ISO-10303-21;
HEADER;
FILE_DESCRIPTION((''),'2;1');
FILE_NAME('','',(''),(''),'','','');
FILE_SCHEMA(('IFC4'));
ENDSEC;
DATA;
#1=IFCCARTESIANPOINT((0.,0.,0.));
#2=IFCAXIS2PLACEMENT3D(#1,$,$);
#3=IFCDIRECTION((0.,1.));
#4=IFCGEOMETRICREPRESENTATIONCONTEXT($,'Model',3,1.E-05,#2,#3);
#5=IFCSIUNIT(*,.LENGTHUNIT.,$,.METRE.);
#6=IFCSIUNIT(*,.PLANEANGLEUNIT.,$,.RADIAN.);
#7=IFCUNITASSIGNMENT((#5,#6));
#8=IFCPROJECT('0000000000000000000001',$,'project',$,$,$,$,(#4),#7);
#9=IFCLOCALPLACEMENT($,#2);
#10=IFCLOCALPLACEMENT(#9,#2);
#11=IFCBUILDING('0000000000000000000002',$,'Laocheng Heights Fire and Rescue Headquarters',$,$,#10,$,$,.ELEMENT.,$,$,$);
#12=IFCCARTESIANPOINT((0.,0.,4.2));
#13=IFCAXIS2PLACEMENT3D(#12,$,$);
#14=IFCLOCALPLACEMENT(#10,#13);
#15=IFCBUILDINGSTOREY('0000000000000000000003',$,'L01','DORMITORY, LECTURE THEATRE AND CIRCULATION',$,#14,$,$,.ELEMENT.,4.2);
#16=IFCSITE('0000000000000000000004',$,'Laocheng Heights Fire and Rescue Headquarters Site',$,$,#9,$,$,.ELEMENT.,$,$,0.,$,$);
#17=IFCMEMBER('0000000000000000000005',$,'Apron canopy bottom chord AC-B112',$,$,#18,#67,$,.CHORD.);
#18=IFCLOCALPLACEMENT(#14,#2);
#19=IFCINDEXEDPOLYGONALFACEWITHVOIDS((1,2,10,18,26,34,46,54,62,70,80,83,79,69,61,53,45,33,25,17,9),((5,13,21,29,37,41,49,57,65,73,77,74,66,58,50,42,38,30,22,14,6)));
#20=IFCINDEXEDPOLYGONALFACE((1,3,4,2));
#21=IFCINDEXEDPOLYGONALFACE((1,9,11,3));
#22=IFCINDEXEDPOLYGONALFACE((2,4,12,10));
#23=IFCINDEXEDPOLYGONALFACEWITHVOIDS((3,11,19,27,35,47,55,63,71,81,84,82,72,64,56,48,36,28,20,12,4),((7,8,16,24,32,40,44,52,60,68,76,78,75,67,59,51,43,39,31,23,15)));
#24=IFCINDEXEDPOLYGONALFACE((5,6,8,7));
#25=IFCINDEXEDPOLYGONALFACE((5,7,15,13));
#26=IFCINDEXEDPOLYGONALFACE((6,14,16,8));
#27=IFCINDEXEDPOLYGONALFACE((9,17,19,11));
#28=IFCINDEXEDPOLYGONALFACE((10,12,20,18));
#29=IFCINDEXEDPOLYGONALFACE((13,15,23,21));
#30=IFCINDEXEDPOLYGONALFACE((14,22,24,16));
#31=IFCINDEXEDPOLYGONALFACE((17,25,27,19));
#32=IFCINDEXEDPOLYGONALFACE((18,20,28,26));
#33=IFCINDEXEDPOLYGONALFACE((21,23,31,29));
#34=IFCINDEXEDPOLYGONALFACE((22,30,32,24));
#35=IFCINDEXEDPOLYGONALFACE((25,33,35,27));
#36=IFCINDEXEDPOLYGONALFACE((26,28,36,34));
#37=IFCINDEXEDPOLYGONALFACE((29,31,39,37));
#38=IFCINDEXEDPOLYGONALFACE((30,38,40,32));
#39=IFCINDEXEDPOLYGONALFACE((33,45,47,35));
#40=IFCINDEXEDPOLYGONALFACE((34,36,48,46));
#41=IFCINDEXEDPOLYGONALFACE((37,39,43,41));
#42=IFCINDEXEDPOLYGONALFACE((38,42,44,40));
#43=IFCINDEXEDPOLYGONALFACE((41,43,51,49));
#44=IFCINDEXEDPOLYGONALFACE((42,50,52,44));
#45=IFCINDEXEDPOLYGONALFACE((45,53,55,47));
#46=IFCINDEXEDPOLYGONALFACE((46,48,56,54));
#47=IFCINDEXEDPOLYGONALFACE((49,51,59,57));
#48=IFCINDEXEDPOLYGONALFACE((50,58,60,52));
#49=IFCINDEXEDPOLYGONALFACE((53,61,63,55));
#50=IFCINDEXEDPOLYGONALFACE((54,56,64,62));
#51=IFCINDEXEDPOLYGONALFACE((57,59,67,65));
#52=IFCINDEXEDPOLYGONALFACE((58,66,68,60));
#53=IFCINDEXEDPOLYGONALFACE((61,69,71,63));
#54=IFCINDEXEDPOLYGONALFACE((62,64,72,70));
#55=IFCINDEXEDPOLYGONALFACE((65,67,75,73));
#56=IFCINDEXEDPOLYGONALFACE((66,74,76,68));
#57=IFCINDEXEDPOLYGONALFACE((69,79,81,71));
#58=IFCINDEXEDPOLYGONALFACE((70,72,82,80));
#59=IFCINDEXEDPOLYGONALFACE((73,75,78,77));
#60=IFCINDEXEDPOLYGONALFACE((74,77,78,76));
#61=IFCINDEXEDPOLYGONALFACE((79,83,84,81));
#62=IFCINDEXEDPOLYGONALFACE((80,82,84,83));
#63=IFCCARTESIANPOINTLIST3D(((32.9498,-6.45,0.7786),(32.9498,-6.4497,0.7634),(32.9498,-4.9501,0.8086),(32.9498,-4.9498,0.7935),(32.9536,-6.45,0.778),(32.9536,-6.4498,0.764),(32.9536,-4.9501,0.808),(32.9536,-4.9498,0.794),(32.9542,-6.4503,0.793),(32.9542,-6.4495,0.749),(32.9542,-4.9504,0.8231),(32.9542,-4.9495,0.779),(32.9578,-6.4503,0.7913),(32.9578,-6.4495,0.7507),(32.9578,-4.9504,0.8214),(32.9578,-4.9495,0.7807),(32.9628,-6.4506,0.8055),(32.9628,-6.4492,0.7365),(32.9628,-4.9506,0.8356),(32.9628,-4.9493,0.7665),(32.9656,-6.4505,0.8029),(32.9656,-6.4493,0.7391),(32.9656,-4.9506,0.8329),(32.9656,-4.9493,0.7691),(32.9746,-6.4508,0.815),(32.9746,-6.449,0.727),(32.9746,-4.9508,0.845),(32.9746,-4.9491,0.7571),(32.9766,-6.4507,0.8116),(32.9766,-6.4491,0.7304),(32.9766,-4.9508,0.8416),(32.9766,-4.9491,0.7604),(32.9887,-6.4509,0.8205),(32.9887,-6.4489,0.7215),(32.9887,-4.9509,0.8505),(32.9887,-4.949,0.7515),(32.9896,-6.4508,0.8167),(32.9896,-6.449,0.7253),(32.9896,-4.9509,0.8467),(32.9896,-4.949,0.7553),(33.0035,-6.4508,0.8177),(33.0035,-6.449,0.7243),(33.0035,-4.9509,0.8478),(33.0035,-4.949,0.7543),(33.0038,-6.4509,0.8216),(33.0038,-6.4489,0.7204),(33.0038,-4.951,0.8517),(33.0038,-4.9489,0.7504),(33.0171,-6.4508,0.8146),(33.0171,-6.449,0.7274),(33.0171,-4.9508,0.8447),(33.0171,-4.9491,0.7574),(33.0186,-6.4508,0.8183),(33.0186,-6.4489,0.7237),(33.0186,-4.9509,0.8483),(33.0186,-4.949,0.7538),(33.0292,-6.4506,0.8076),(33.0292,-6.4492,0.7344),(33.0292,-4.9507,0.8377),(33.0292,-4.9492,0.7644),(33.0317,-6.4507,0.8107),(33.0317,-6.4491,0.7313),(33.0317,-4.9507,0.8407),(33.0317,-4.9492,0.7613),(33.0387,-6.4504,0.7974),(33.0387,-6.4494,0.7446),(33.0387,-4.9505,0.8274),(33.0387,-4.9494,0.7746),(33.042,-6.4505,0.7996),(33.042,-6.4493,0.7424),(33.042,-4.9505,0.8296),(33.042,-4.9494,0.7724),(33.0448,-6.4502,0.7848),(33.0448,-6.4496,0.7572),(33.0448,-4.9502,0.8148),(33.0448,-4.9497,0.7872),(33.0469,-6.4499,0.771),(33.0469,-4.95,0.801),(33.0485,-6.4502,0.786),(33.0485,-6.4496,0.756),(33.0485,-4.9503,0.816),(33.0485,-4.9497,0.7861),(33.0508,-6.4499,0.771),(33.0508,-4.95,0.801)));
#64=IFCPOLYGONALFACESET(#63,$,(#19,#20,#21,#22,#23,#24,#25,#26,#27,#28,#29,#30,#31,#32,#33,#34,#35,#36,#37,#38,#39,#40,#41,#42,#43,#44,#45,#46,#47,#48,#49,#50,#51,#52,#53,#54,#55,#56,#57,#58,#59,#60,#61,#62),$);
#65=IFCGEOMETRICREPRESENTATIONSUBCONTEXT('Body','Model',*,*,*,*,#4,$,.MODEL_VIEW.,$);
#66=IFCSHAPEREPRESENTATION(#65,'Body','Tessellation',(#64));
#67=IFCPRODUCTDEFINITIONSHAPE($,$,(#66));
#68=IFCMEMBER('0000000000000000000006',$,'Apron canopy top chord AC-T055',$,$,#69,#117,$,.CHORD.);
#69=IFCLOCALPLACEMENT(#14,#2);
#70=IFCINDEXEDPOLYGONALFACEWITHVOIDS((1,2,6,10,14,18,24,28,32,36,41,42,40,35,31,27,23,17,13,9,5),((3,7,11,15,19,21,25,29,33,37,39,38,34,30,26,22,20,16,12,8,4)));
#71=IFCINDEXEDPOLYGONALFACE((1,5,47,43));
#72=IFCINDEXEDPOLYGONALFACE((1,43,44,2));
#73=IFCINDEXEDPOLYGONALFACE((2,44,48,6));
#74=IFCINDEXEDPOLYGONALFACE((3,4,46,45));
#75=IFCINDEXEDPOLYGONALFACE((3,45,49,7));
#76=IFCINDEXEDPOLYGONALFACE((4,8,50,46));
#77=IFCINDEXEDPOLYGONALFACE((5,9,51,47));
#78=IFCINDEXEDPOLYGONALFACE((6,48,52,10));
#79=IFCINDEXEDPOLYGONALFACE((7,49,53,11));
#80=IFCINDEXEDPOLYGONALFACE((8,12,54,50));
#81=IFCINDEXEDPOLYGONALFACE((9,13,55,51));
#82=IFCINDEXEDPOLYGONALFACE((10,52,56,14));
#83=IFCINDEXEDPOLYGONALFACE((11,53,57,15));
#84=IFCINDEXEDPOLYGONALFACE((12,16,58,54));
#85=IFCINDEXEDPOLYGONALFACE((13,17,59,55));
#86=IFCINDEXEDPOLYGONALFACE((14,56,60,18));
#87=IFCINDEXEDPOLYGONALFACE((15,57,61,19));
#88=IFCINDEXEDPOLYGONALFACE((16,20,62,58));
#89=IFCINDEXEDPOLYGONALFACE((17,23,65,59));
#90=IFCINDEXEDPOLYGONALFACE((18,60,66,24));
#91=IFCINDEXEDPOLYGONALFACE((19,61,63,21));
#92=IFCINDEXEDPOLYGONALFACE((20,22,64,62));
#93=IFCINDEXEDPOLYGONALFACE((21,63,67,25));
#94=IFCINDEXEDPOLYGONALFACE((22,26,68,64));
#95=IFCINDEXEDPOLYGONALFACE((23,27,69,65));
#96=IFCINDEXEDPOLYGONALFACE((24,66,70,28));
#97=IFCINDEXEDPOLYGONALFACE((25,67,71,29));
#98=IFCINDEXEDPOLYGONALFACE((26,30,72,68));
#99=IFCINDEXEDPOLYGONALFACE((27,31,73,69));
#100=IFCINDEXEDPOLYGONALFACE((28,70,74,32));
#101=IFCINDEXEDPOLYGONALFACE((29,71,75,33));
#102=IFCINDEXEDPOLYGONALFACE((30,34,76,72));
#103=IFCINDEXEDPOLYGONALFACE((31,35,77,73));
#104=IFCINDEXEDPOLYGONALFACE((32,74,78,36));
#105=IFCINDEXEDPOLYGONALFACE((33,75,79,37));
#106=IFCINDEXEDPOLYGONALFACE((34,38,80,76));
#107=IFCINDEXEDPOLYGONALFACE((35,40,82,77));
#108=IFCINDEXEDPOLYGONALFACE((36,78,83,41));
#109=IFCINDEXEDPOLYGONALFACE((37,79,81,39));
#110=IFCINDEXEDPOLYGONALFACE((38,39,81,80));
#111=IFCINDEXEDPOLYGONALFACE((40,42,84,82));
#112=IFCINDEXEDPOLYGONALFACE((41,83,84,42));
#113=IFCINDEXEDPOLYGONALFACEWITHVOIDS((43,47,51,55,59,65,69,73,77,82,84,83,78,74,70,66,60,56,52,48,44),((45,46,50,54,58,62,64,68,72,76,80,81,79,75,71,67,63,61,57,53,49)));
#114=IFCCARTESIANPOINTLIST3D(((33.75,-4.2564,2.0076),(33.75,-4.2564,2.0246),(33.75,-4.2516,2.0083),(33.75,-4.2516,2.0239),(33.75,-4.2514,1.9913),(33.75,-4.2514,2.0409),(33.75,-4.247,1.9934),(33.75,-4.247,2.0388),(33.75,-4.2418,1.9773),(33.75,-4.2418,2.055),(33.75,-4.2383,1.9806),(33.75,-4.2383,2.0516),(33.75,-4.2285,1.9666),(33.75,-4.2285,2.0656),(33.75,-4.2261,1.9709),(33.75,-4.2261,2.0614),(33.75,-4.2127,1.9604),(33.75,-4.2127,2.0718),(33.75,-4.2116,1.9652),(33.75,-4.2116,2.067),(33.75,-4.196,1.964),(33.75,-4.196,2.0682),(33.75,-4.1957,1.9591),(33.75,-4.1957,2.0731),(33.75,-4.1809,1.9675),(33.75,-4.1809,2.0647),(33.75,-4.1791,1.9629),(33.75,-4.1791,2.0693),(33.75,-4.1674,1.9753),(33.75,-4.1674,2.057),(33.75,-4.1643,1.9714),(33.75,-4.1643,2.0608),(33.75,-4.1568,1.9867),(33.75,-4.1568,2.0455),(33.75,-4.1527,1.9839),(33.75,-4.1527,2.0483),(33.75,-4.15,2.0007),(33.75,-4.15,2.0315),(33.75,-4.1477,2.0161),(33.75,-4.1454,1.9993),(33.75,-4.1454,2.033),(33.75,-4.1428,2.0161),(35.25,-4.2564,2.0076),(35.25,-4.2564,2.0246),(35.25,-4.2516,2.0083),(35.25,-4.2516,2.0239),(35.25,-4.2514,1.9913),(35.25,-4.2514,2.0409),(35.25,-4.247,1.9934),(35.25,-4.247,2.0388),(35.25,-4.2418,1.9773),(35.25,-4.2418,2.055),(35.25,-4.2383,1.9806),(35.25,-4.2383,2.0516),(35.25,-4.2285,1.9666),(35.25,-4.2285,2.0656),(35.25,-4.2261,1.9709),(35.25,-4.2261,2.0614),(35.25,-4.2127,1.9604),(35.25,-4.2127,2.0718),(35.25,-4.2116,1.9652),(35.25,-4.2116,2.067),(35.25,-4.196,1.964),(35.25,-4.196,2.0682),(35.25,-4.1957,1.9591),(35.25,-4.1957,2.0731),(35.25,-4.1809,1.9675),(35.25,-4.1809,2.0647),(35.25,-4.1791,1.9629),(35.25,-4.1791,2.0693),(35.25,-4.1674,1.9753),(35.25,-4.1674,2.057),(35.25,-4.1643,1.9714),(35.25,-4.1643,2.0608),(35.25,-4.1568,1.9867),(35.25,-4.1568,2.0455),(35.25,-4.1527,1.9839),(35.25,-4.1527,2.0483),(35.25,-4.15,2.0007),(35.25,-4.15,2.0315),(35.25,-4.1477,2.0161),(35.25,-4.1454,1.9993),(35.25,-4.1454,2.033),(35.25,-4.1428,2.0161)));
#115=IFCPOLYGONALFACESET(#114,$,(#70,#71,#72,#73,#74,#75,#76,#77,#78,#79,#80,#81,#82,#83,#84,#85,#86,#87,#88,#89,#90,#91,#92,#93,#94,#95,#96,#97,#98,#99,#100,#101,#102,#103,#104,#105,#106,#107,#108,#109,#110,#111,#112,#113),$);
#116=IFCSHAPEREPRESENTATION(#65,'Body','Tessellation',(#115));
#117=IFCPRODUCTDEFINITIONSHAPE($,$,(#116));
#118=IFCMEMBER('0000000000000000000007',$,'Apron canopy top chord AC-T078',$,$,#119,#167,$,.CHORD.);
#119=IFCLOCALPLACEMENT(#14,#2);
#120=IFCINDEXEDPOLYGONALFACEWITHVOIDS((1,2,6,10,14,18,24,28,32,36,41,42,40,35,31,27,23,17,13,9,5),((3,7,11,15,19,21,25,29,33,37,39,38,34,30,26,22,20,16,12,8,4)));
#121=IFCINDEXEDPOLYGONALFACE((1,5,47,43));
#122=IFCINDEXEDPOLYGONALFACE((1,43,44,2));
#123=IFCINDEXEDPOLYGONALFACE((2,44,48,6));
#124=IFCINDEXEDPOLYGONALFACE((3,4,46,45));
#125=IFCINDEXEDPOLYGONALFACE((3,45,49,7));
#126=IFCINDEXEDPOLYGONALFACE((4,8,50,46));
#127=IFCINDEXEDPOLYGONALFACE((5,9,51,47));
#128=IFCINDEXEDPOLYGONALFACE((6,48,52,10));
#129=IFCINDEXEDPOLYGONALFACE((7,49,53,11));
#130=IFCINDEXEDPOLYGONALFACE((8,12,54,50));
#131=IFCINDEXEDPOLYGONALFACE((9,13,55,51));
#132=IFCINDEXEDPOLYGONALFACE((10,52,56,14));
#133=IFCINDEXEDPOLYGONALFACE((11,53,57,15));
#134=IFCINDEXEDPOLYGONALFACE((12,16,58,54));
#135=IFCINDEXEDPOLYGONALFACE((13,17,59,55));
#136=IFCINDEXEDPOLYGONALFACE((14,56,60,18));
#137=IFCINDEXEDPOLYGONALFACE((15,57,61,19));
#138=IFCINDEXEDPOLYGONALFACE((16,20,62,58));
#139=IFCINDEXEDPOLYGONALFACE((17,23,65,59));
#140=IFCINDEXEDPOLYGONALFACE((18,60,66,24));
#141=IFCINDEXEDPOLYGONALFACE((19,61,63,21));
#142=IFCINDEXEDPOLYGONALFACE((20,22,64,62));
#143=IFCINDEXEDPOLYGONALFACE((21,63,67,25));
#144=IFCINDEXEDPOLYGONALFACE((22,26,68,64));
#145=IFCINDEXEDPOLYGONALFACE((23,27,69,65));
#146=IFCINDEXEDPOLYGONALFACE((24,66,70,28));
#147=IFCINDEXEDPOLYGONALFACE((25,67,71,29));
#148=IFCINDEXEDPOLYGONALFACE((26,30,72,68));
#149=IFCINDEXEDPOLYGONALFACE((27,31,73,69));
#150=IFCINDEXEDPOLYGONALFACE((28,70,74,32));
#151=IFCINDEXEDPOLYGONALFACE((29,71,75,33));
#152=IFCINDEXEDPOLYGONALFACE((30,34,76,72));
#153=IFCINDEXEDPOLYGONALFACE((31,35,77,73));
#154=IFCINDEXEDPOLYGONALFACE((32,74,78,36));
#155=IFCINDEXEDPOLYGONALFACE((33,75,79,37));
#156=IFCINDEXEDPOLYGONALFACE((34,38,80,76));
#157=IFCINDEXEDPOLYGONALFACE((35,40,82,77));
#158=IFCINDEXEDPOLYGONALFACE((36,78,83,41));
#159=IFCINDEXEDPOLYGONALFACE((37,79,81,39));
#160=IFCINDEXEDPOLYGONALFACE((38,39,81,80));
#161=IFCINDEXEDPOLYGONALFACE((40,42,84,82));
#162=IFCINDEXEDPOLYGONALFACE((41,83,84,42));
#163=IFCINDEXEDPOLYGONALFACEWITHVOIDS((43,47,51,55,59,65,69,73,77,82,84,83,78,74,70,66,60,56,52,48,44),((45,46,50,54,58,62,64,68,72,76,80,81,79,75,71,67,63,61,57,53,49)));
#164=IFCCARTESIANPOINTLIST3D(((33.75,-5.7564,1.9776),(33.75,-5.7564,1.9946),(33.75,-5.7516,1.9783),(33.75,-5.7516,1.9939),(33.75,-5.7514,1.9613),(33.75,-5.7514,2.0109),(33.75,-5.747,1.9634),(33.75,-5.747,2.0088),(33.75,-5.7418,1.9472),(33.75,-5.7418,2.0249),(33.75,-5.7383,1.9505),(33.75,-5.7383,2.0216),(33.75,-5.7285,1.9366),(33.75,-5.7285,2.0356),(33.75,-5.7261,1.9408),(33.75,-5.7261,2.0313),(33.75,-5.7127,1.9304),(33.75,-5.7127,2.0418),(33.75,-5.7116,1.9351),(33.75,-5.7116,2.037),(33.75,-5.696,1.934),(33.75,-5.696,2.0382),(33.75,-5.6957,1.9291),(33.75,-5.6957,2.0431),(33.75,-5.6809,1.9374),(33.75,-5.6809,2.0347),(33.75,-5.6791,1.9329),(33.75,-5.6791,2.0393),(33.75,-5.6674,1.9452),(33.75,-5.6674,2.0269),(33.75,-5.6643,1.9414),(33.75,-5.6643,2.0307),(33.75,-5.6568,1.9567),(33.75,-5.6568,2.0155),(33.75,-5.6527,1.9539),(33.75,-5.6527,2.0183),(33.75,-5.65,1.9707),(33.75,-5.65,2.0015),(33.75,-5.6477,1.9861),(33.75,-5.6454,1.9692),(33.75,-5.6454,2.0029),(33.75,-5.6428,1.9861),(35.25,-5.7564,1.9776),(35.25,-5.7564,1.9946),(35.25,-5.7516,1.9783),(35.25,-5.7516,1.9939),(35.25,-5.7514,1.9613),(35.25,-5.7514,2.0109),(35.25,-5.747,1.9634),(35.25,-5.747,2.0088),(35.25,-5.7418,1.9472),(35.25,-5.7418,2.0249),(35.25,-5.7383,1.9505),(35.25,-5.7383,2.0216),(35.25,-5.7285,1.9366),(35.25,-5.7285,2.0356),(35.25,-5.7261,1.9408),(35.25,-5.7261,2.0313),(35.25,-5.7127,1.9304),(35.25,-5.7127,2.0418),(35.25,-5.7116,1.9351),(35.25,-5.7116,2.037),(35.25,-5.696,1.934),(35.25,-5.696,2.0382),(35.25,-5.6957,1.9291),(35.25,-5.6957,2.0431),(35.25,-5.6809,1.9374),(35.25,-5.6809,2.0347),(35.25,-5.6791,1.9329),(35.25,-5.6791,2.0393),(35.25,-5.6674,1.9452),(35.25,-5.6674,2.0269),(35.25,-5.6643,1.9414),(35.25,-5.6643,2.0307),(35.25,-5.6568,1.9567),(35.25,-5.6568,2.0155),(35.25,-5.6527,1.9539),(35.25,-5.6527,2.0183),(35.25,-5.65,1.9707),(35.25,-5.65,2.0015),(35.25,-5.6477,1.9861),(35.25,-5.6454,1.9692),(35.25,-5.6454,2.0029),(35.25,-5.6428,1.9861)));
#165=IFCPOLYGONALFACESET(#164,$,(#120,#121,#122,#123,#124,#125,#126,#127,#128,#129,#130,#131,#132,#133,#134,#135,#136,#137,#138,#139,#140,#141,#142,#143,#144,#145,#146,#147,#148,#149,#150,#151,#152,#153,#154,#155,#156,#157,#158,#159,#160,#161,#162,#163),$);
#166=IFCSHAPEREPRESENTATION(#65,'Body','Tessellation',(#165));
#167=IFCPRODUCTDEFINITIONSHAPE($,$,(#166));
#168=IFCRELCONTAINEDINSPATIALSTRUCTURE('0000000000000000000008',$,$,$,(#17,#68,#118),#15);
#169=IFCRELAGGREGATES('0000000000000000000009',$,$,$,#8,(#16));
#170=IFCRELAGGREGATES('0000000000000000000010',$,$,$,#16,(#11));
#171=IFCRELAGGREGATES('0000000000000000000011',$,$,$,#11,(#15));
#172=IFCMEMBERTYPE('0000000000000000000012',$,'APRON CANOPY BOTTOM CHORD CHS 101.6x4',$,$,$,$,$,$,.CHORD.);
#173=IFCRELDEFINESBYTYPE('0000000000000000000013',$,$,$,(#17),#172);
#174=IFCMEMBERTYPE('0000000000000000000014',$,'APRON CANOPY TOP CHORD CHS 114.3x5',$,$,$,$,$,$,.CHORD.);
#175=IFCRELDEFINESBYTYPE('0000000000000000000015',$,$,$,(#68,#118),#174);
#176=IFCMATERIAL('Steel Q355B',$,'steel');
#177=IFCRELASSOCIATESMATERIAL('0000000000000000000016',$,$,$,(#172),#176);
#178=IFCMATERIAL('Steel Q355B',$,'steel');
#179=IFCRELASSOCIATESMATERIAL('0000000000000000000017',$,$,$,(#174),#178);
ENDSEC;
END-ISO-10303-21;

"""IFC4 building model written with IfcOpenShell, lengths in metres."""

from ifc_helpers import new_model, si_unit, direction, frame, origin, origin_2d, place, context, subcontext, project, spatial, hollow_circle, extrude, material, material_profile, profile_set, type_object, element, save


model = new_model("IFC4")

# Units and contexts
model_context = context("Model", 3, precision=1e-05, world=origin(), true_north=direction((0.0, 1.0)))
body_context = subcontext(model_context, "Body", "Model", "MODEL_VIEW")
ifc_project = project(units=[si_unit("LENGTHUNIT", "METRE"), si_unit("PLANEANGLEUNIT", "RADIAN")], contexts=[model_context])

# Site, building, storey
site_placement = place(None, origin())
site = spatial("IfcSite", under=ifc_project, at=site_placement, Name="Laocheng Heights Fire and Rescue Headquarters Site", CompositionType="ELEMENT", RefElevation=0.0)
building_placement = place(site_placement, origin())
building = spatial("IfcBuilding", under=site, at=building_placement, Name="Laocheng Heights Fire and Rescue Headquarters", CompositionType="ELEMENT")
storey_placement = place(building_placement, frame((0.0, 0.0, 4.2)))
storey = spatial("IfcBuildingStorey", under=building, at=storey_placement, Name="L01", Description="DORMITORY, LECTURE THEATRE AND CIRCULATION", CompositionType="ELEMENT", Elevation=4.2)

# Members
ifc_material_1 = material(Name="Steel Q355B", Category="steel")
ifc_material_profile_1 = material_profile(ifc_material_1, hollow_circle(Radius=0.0508, WallThickness=0.0039, at=origin_2d()), Name="CHS 101.6x4")
ifc_profile_set_1 = profile_set([ifc_material_profile_1], Name="Steel Q355B")
member_type_1 = type_object("IfcMemberType", Name="APRON CANOPY BOTTOM CHORD CHS 101.6x4", PredefinedType="CHORD", material=ifc_profile_set_1)
member_1_placement = place(storey_placement, frame((33.0, -4.95, 0.801), z_axis=(0.0, -0.9998, -0.020016), x_axis=(1.0, 0.0, 0.0)))
element("IfcMember", 1, at=member_1_placement, inside=storey, type_object=member_type_1, Name="Apron canopy bottom chord AC-B112", PredefinedType="CHORD", context=body_context, shape_type="SweptSolid", body=[
    extrude(hollow_circle(Radius=0.0508, WallThickness=0.0039, at=origin_2d()), origin(), (0.0, 0.0, 1.0), 1.5002),
])
ifc_material_2 = material(Name="Steel Q355B", Category="steel")
ifc_material_profile_2 = material_profile(ifc_material_2, hollow_circle(Radius=0.0571, WallThickness=0.0049, at=origin_2d()), Name="CHS 114.3x5")
ifc_profile_set_2 = profile_set([ifc_material_profile_2], Name="Steel Q355B")
member_type_2 = type_object("IfcMemberType", Name="APRON CANOPY TOP CHORD CHS 114.3x5", PredefinedType="CHORD", material=ifc_profile_set_2)
for number, where, z_axis, x_axis, name in (
    (2, (33.75, -4.2, 2.0161), (1.0, 0.0, 0.0), (0.0, 1.0, 0.0), "Apron canopy top chord AC-T055"),
    (3, (33.75, -5.7, 1.9861), (1.0, 0.0, 0.0), (0.0, 1.0, 0.0), "Apron canopy top chord AC-T078"),
):
    element("IfcMember", number, at=place(storey_placement, frame(where, z_axis=z_axis, x_axis=x_axis)), inside=storey, type_object=member_type_2, Name=name, PredefinedType="CHORD", context=body_context, shape_type="SweptSolid", body=[
        extrude(hollow_circle(Radius=0.0571, WallThickness=0.0049, at=origin_2d()), origin(), (0.0, 0.0, 1.0), 1.5),
    ])

save(model, "model.ifc")
